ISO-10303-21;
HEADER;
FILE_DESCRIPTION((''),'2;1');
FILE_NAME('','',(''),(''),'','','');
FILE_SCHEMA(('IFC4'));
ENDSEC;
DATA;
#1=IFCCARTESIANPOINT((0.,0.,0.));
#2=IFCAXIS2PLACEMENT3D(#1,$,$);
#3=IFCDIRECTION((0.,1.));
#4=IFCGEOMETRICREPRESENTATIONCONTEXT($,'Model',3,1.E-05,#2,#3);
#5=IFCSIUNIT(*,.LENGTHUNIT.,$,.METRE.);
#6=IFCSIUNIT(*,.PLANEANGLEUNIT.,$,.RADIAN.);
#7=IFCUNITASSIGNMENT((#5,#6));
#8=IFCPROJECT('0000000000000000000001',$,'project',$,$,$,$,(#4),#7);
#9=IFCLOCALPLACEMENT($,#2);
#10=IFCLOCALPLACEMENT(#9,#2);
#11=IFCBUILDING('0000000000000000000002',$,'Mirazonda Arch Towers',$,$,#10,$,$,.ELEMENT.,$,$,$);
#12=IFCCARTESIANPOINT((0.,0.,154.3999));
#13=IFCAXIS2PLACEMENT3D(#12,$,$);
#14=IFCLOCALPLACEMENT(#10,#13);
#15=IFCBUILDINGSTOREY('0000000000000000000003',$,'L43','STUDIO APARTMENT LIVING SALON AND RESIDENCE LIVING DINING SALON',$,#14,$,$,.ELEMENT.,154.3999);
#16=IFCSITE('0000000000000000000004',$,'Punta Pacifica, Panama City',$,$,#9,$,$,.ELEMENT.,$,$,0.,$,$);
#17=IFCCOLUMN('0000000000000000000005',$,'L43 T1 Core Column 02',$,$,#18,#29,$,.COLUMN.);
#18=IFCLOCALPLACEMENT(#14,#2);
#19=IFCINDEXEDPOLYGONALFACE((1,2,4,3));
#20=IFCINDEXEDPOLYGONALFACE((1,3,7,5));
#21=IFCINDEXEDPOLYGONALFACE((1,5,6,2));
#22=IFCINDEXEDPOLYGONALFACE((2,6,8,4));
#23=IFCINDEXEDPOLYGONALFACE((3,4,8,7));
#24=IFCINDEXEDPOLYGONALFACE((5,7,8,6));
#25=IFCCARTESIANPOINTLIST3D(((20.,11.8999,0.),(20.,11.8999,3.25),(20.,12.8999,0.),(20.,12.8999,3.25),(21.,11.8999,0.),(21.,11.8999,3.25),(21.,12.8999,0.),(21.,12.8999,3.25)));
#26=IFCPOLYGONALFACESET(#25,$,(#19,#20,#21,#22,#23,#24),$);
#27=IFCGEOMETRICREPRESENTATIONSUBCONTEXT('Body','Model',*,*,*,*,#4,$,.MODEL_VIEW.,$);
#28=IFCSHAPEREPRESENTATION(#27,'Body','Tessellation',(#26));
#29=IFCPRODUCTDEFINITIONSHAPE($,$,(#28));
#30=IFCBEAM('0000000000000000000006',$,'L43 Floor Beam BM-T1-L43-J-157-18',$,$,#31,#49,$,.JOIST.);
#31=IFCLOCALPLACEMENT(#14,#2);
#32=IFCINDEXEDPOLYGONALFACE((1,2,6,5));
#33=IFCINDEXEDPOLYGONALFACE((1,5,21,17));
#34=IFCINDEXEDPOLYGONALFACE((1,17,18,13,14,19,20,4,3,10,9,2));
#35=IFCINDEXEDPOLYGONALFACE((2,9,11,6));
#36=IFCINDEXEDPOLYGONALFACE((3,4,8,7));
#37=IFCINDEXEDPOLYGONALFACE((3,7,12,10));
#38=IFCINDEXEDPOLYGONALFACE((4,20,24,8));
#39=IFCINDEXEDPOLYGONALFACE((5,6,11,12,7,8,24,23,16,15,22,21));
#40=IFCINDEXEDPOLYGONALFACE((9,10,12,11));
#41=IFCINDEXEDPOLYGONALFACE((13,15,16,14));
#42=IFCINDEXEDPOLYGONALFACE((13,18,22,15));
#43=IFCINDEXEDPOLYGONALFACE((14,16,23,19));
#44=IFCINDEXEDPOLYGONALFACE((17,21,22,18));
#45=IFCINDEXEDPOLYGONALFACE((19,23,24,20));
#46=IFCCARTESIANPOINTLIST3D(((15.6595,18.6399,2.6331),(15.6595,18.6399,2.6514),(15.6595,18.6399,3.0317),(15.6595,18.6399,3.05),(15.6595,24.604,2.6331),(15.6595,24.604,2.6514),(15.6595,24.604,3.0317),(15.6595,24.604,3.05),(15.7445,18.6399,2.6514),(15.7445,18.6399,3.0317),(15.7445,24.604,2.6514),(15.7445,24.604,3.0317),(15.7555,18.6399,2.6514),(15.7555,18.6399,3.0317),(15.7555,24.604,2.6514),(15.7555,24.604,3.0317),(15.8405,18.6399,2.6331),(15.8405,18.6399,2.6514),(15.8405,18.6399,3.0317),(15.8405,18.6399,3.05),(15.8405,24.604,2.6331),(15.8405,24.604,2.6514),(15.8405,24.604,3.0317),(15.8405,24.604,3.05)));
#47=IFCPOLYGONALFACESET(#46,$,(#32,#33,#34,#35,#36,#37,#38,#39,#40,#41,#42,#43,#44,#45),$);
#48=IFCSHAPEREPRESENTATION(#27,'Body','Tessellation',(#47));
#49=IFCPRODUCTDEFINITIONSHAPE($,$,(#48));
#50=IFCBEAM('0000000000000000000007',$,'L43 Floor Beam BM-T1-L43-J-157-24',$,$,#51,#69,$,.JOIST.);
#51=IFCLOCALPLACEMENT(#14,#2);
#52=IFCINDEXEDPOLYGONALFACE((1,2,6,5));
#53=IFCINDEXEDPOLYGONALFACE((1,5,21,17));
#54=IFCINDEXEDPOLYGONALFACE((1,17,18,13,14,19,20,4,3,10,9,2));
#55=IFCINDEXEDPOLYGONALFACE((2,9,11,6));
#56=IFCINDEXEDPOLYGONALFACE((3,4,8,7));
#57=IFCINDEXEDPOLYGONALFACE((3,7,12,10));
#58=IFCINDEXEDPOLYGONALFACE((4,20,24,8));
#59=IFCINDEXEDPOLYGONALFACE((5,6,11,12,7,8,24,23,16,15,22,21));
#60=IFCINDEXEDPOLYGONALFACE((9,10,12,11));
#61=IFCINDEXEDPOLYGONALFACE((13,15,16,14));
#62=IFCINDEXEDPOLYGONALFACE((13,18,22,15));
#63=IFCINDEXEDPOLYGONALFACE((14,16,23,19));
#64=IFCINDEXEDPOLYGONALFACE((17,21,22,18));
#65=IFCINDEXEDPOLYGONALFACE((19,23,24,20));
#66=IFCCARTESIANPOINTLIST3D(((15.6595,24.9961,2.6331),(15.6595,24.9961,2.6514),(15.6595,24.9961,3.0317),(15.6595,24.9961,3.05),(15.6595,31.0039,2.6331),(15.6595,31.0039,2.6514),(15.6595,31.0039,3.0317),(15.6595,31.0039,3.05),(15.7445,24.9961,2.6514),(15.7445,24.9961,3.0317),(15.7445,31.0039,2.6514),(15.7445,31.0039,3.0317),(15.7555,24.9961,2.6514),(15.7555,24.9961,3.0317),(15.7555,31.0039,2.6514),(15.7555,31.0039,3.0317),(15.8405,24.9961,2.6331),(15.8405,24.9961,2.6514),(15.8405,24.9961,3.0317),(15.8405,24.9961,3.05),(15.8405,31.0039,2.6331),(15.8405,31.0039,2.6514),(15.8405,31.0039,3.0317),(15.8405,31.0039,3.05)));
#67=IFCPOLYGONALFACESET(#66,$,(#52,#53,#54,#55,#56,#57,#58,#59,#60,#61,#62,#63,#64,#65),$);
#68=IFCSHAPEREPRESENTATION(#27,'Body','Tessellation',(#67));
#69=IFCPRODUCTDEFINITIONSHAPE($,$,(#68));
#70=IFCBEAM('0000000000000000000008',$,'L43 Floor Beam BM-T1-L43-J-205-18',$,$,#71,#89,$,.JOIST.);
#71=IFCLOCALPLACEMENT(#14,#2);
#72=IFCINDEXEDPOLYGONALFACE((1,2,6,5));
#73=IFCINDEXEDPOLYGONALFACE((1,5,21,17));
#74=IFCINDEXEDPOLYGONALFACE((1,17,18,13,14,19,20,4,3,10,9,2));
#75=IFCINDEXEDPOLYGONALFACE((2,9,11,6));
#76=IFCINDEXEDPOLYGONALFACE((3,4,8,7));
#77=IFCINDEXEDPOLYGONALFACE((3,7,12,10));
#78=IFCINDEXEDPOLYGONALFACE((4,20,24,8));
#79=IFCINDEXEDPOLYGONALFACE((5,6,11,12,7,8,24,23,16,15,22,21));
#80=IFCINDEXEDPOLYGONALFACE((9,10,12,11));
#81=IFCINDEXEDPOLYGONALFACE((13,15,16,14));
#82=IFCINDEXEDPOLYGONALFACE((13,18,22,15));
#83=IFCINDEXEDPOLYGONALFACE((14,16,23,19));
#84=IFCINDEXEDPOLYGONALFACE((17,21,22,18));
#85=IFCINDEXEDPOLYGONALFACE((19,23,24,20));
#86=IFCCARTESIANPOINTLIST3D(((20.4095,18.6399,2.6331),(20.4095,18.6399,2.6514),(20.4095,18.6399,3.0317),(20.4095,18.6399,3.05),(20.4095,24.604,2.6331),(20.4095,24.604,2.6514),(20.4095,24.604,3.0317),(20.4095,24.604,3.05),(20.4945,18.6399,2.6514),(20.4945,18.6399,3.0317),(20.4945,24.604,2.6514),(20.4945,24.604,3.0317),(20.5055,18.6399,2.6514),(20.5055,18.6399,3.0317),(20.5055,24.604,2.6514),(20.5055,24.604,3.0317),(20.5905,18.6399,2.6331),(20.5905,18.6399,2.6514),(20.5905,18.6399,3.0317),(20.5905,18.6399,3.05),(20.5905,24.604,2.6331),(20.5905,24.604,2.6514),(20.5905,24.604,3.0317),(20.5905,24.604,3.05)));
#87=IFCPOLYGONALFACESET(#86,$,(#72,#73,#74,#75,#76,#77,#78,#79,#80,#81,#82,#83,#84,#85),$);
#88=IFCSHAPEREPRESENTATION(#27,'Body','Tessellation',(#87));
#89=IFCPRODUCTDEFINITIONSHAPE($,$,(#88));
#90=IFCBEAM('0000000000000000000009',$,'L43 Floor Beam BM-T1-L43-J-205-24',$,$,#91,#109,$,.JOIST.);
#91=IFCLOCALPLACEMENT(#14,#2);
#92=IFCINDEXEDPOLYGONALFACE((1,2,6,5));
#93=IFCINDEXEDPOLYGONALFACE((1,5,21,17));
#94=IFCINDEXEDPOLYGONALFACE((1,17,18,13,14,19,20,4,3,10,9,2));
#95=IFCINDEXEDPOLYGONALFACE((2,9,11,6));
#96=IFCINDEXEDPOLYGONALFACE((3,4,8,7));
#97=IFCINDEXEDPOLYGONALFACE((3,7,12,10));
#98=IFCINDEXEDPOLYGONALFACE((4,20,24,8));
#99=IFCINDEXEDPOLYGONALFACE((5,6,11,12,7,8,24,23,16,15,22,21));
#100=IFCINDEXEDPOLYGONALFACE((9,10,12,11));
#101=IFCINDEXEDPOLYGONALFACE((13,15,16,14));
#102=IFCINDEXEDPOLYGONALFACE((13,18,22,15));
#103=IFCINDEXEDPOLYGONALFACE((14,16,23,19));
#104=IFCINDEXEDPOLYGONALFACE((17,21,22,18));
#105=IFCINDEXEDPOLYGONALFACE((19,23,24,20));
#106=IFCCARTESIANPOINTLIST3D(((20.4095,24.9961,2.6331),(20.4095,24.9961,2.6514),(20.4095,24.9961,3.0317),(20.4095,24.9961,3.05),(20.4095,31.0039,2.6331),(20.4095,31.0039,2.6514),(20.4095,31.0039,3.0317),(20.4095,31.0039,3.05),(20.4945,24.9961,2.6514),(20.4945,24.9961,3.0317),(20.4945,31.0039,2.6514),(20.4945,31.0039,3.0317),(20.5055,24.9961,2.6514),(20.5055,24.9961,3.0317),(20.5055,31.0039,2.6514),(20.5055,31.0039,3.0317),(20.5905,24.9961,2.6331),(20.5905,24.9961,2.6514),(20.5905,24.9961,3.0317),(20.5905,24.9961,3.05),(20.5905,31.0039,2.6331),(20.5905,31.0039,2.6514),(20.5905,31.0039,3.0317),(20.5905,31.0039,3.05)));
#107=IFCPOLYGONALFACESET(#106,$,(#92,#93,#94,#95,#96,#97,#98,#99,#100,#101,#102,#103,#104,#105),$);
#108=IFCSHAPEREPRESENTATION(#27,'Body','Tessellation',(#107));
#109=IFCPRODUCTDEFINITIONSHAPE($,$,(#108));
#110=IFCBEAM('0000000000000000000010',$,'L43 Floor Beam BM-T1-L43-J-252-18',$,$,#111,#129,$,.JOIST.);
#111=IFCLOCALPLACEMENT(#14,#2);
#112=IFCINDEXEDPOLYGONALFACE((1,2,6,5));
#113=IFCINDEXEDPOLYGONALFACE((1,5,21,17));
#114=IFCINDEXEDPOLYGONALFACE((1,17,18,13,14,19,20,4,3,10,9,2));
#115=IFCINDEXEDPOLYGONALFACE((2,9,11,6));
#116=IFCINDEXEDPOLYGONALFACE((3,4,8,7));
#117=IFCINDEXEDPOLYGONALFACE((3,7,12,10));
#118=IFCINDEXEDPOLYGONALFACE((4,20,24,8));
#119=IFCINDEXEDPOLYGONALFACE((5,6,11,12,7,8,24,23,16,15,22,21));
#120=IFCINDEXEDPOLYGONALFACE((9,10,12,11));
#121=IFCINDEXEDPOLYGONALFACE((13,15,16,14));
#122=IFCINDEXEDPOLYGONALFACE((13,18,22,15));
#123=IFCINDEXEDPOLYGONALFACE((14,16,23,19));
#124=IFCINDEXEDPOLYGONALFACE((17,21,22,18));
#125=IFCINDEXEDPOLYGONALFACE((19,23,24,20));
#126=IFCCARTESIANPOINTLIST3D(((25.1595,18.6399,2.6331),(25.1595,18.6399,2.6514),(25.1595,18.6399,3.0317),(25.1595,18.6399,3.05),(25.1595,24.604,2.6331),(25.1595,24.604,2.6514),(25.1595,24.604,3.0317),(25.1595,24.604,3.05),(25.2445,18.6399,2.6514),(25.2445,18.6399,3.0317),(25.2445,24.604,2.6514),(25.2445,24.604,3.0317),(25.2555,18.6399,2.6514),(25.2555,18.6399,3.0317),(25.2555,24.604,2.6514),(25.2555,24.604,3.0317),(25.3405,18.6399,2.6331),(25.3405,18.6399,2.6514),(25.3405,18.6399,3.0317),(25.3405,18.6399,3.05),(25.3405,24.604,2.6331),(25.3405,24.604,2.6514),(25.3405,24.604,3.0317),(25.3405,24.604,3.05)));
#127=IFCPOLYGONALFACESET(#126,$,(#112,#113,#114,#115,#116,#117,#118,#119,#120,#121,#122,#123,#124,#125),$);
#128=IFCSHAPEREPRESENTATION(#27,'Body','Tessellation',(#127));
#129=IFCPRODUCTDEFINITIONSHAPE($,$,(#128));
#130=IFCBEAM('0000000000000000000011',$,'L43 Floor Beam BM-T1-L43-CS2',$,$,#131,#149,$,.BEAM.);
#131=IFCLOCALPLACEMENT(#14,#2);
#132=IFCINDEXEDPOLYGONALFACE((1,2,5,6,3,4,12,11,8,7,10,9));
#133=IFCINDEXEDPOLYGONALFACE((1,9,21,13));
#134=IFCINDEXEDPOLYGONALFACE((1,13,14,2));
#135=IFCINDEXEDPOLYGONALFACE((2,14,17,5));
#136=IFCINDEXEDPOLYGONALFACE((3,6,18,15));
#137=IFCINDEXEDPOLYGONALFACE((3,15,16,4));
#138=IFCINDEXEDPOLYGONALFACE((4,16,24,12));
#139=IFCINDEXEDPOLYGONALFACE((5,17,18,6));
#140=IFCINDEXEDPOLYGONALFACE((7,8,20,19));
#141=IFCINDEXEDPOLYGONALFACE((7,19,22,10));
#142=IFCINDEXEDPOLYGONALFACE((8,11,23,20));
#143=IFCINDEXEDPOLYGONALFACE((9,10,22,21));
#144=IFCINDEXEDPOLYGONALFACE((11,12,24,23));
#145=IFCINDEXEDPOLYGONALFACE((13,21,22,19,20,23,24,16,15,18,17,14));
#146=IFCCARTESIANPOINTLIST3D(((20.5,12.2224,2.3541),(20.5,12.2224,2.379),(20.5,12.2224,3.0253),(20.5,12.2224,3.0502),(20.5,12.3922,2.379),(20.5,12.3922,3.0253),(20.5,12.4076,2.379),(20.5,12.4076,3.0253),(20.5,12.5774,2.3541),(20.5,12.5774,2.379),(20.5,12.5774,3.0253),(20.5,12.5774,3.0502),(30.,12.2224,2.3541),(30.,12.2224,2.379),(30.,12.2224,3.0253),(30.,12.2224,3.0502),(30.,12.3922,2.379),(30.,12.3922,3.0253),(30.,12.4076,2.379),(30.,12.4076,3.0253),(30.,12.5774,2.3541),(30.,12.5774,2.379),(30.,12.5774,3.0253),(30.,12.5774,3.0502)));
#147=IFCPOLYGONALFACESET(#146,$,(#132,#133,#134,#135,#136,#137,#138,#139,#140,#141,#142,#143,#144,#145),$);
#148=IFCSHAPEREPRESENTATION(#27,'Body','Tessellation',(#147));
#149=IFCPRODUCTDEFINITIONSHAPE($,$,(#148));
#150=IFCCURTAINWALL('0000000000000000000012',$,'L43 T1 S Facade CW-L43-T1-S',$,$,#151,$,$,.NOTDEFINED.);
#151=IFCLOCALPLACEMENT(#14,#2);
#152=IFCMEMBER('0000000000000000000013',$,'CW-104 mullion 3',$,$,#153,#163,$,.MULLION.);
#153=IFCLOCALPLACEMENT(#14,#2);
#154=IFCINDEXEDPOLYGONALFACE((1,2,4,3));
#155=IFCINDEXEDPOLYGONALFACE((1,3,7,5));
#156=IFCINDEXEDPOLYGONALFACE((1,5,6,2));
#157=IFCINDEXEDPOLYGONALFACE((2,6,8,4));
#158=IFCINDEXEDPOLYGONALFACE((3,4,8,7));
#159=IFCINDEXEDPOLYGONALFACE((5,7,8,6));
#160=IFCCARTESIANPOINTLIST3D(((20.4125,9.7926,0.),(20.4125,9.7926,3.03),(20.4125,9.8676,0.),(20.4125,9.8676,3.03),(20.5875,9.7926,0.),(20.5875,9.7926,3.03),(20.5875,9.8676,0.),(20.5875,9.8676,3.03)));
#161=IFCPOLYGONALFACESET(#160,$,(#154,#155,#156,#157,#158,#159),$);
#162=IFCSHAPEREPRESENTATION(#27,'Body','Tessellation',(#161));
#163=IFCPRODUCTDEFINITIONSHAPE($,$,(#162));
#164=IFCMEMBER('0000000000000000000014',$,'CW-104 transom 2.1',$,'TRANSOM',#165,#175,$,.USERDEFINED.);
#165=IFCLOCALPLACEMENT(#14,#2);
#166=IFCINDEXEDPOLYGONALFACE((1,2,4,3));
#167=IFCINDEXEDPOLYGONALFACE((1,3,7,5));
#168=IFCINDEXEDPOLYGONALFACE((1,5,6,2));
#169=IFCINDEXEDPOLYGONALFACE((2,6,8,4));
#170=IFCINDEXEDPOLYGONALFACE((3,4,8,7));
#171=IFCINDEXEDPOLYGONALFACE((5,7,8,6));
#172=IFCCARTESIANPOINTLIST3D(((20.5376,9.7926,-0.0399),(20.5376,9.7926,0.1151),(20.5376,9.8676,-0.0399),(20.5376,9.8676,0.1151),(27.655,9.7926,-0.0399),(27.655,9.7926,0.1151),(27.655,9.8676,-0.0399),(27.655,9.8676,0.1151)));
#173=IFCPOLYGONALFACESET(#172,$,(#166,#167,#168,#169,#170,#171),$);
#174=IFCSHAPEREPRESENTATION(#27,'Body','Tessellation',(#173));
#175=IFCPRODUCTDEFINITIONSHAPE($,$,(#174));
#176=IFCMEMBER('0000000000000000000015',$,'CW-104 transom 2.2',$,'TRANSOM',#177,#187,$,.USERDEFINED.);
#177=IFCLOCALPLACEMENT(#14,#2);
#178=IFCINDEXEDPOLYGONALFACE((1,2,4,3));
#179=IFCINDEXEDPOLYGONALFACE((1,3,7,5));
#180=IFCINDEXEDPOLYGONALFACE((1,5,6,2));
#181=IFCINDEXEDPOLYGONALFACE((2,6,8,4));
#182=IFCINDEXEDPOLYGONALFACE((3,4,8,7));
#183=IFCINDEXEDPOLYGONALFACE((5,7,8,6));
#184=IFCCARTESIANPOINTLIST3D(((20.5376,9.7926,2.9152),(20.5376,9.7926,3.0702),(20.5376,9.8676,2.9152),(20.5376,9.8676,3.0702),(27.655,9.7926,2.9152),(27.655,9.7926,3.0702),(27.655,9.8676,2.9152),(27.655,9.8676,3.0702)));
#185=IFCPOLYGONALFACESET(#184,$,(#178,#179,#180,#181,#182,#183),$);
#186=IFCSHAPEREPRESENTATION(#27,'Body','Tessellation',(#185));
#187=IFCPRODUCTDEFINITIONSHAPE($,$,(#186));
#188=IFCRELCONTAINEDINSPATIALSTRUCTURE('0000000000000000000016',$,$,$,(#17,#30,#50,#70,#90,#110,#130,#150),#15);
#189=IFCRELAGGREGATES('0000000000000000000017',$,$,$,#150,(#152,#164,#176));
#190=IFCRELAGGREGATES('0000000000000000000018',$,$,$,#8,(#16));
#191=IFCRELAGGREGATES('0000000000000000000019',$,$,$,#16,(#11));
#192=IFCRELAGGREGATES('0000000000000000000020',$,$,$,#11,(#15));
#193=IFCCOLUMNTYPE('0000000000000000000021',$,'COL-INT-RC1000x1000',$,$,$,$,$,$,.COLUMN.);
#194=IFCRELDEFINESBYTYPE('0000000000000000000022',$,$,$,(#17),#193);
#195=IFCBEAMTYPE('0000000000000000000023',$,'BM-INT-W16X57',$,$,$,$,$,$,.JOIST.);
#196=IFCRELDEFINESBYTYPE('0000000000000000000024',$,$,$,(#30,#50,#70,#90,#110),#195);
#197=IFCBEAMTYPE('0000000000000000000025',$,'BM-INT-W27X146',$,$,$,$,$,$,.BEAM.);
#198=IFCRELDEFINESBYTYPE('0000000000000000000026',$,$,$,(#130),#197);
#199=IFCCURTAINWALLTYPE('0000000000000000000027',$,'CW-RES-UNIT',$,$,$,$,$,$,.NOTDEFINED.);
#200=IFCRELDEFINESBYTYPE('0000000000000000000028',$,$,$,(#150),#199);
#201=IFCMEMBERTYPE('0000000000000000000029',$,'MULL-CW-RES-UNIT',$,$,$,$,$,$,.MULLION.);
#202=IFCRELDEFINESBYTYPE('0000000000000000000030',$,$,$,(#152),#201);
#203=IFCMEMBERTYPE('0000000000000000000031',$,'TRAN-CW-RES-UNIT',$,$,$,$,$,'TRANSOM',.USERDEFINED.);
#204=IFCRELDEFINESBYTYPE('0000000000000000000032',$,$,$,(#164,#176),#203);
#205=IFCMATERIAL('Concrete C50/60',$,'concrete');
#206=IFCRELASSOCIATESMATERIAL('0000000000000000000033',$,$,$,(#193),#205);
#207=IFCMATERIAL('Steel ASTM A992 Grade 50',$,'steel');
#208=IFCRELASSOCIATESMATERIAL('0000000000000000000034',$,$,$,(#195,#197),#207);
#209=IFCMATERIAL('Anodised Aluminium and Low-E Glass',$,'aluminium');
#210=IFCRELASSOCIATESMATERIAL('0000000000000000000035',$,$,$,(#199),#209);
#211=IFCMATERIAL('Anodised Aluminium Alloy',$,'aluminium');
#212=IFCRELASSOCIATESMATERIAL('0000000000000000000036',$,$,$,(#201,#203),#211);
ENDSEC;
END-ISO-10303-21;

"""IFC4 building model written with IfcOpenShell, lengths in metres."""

from ifc_helpers import new_model, si_unit, direction, frame, origin, origin_2d, place, context, subcontext, project, spatial, rectangle, i_section, extrude, material, material_profile, profile_set, type_object, element, aggregate, save


model = new_model("IFC4")

# Units and contexts
model_context = context("Model", 3, precision=1e-05, world=origin(), true_north=direction((0.0, 1.0)))
body_context = subcontext(model_context, "Body", "Model", "MODEL_VIEW")
ifc_project = project(units=[si_unit("LENGTHUNIT", "METRE"), si_unit("PLANEANGLEUNIT", "RADIAN")], contexts=[model_context])

# Site, building, storey
site_placement = place(None, origin())
site = spatial("IfcSite", under=ifc_project, at=site_placement, Name="Punta Pacifica, Panama City", CompositionType="ELEMENT", RefElevation=0.0)
building_placement = place(site_placement, origin())
building = spatial("IfcBuilding", under=site, at=building_placement, Name="Mirazonda Arch Towers", CompositionType="ELEMENT")
storey_placement = place(building_placement, frame((0.0, 0.0, 154.3999)))
storey = spatial("IfcBuildingStorey", under=building, at=storey_placement, Name="L43", Description="STUDIO APARTMENT LIVING SALON AND RESIDENCE LIVING DINING SALON", CompositionType="ELEMENT", Elevation=154.3999)

# Column
ifc_material_1 = material(Name="Concrete C50/60", Category="concrete")
ifc_material_profile_1 = material_profile(ifc_material_1, rectangle(XDim=1.0, YDim=1.0, at=origin_2d()), Name="RC1000x1000")
ifc_profile_set_1 = profile_set([ifc_material_profile_1], Name="Concrete C50/60")
column_type = type_object("IfcColumnType", Name="COL-INT-RC1000x1000", PredefinedType="COLUMN", material=ifc_profile_set_1)
column_placement = place(storey_placement, frame((20.5, 12.3999, 0.0), z_axis=(0.0, 0.0, 1.0), x_axis=(1.0, 0.0, 0.0)))
element("IfcColumn", 1, at=column_placement, inside=storey, type_object=column_type, Name="L43 T1 Core Column 02", PredefinedType="COLUMN", context=body_context, shape_type="SweptSolid", body=[
    extrude(rectangle(XDim=1.0, YDim=1.0, at=origin_2d()), origin(), (0.0, 0.0, 1.0), 3.25),
])

# Beams
ifc_material_2 = material(Name="Steel ASTM A992 Grade 50", Category="steel")
ifc_material_profile_2 = material_profile(ifc_material_2, i_section(OverallWidth=0.1809, OverallDepth=0.417, WebThickness=0.011, FlangeThickness=0.0183, at=origin_2d()), Name="W16X57")
ifc_profile_set_2 = profile_set([ifc_material_profile_2], Name="Steel ASTM A992 Grade 50")
beam_type_1 = type_object("IfcBeamType", Name="BM-INT-W16X57", PredefinedType="JOIST", material=ifc_profile_set_2)
beam_1_placement = place(storey_placement, frame((15.75, 18.6399, 2.8416), z_axis=(0.0, 1.0, 0.0), x_axis=(-1.0, 0.0, 0.0)))
element("IfcBeam", 2, at=beam_1_placement, inside=storey, type_object=beam_type_1, Name="L43 Floor Beam BM-T1-L43-J-157-18", PredefinedType="JOIST", context=body_context, shape_type="SweptSolid", body=[
    extrude(i_section(OverallWidth=0.1809, OverallDepth=0.417, WebThickness=0.011, FlangeThickness=0.0183, at=origin_2d()), origin(), (0.0, 0.0, 1.0), 5.9641),
])
beam_2_placement = place(storey_placement, frame((15.75, 24.9961, 2.8416), z_axis=(0.0, 1.0, 0.0), x_axis=(-1.0, 0.0, 0.0)))
element("IfcBeam", 3, at=beam_2_placement, inside=storey, type_object=beam_type_1, Name="L43 Floor Beam BM-T1-L43-J-157-24", PredefinedType="JOIST", context=body_context, shape_type="SweptSolid", body=[
    extrude(i_section(OverallWidth=0.1809, OverallDepth=0.417, WebThickness=0.011, FlangeThickness=0.0183, at=origin_2d()), origin(), (0.0, 0.0, 1.0), 6.0078),
])
beam_3_placement = place(storey_placement, frame((20.5, 18.6399, 2.8416), z_axis=(0.0, 1.0, 0.0), x_axis=(-1.0, 0.0, 0.0)))
element("IfcBeam", 4, at=beam_3_placement, inside=storey, type_object=beam_type_1, Name="L43 Floor Beam BM-T1-L43-J-205-18", PredefinedType="JOIST", context=body_context, shape_type="SweptSolid", body=[
    extrude(i_section(OverallWidth=0.1809, OverallDepth=0.417, WebThickness=0.011, FlangeThickness=0.0183, at=origin_2d()), origin(), (0.0, 0.0, 1.0), 5.9641),
])
beam_4_placement = place(storey_placement, frame((20.5, 24.9961, 2.8416), z_axis=(0.0, 1.0, 0.0), x_axis=(-1.0, 0.0, 0.0)))
element("IfcBeam", 5, at=beam_4_placement, inside=storey, type_object=beam_type_1, Name="L43 Floor Beam BM-T1-L43-J-205-24", PredefinedType="JOIST", context=body_context, shape_type="SweptSolid", body=[
    extrude(i_section(OverallWidth=0.1809, OverallDepth=0.417, WebThickness=0.011, FlangeThickness=0.0183, at=origin_2d()), origin(), (0.0, 0.0, 1.0), 6.0078),
])
beam_5_placement = place(storey_placement, frame((25.25, 18.6399, 2.8416), z_axis=(0.0, 1.0, 0.0), x_axis=(-1.0, 0.0, 0.0)))
element("IfcBeam", 6, at=beam_5_placement, inside=storey, type_object=beam_type_1, Name="L43 Floor Beam BM-T1-L43-J-252-18", PredefinedType="JOIST", context=body_context, shape_type="SweptSolid", body=[
    extrude(i_section(OverallWidth=0.1809, OverallDepth=0.417, WebThickness=0.011, FlangeThickness=0.0183, at=origin_2d()), origin(), (0.0, 0.0, 1.0), 5.9641),
])
ifc_material_profile_3 = material_profile(ifc_material_2, i_section(OverallWidth=0.355, OverallDepth=0.696, WebThickness=0.0154, FlangeThickness=0.0249, at=origin_2d()), Name="W27X146")
ifc_profile_set_3 = profile_set([ifc_material_profile_3], Name="Steel ASTM A992 Grade 50")
beam_type_2 = type_object("IfcBeamType", Name="BM-INT-W27X146", PredefinedType="BEAM", material=ifc_profile_set_3)
beam_6_placement = place(storey_placement, frame((20.5, 12.3999, 2.7021), z_axis=(1.0, 0.0, 0.0), x_axis=(0.0, 1.0, 0.0)))
element("IfcBeam", 7, at=beam_6_placement, inside=storey, type_object=beam_type_2, Name="L43 Floor Beam BM-T1-L43-CS2", PredefinedType="BEAM", context=body_context, shape_type="SweptSolid", body=[
    extrude(i_section(OverallWidth=0.355, OverallDepth=0.696, WebThickness=0.0154, FlangeThickness=0.0249, at=origin_2d()), origin(), (0.0, 0.0, 1.0), 9.5),
])

# Curtain wall, members
ifc_material_3 = material(Name="Anodised Aluminium and Low-E Glass", Category="aluminium")
curtain_wall_type = type_object("IfcCurtainWallType", Name="CW-RES-UNIT", PredefinedType="NOTDEFINED", material=ifc_material_3)
curtain_wall_placement = place(storey_placement, origin())
curtain_wall = element("IfcCurtainWall", 8, at=curtain_wall_placement, inside=storey, type_object=curtain_wall_type, Name="L43 T1 S Facade CW-L43-T1-S", PredefinedType="NOTDEFINED")
ifc_material_4 = material(Name="Anodised Aluminium Alloy", Category="aluminium")
ifc_material_profile_4 = material_profile(ifc_material_4, rectangle(XDim=0.075, YDim=0.175, at=origin_2d()), Name="ALU-MULL-75x175")
ifc_profile_set_4 = profile_set([ifc_material_profile_4], Name="Anodised Aluminium Alloy")
member_type_1 = type_object("IfcMemberType", Name="MULL-CW-RES-UNIT", PredefinedType="MULLION", material=ifc_profile_set_4)
member_1_placement = place(storey_placement, frame((20.5, 9.8301, 0.0), z_axis=(0.0, 0.0, 1.0), x_axis=(0.0, -1.0, 0.0)))
member_1 = element("IfcMember", 9, at=member_1_placement, type_object=member_type_1, Name="CW-104 mullion 3", PredefinedType="MULLION", context=body_context, shape_type="SweptSolid", body=[
    extrude(rectangle(XDim=0.075, YDim=0.175, at=origin_2d()), origin(), (0.0, 0.0, 1.0), 3.03),
])
ifc_material_profile_5 = material_profile(ifc_material_4, rectangle(XDim=0.075, YDim=0.155, at=origin_2d()), Name="ALU-TRAN-75x155")
ifc_profile_set_5 = profile_set([ifc_material_profile_5], Name="Anodised Aluminium Alloy")
member_type_2 = type_object("IfcMemberType", Name="TRAN-CW-RES-UNIT", ElementType="TRANSOM", PredefinedType="USERDEFINED", material=ifc_profile_set_5)
member_2_placement = place(storey_placement, frame((27.655, 9.8301, 0.0376), z_axis=(-1.0, 0.0, 0.0), x_axis=(0.0, -1.0, 0.0)))
member_2 = element("IfcMember", 10, at=member_2_placement, type_object=member_type_2, Name="CW-104 transom 2.1", ObjectType="TRANSOM", PredefinedType="USERDEFINED", context=body_context, shape_type="SweptSolid", body=[
    extrude(rectangle(XDim=0.075, YDim=0.155, at=origin_2d()), origin(), (0.0, 0.0, 1.0), 7.1174),
])
member_3_placement = place(storey_placement, frame((27.655, 9.8301, 2.9927), z_axis=(-1.0, 0.0, 0.0), x_axis=(0.0, -1.0, 0.0)))
member_3 = element("IfcMember", 11, at=member_3_placement, type_object=member_type_2, Name="CW-104 transom 2.2", ObjectType="TRANSOM", PredefinedType="USERDEFINED", context=body_context, shape_type="SweptSolid", body=[
    extrude(rectangle(XDim=0.075, YDim=0.155, at=origin_2d()), origin(), (0.0, 0.0, 1.0), 7.1174),
])
aggregate(curtain_wall, [member_1, member_2, member_3])

save(model, "model.ifc")
